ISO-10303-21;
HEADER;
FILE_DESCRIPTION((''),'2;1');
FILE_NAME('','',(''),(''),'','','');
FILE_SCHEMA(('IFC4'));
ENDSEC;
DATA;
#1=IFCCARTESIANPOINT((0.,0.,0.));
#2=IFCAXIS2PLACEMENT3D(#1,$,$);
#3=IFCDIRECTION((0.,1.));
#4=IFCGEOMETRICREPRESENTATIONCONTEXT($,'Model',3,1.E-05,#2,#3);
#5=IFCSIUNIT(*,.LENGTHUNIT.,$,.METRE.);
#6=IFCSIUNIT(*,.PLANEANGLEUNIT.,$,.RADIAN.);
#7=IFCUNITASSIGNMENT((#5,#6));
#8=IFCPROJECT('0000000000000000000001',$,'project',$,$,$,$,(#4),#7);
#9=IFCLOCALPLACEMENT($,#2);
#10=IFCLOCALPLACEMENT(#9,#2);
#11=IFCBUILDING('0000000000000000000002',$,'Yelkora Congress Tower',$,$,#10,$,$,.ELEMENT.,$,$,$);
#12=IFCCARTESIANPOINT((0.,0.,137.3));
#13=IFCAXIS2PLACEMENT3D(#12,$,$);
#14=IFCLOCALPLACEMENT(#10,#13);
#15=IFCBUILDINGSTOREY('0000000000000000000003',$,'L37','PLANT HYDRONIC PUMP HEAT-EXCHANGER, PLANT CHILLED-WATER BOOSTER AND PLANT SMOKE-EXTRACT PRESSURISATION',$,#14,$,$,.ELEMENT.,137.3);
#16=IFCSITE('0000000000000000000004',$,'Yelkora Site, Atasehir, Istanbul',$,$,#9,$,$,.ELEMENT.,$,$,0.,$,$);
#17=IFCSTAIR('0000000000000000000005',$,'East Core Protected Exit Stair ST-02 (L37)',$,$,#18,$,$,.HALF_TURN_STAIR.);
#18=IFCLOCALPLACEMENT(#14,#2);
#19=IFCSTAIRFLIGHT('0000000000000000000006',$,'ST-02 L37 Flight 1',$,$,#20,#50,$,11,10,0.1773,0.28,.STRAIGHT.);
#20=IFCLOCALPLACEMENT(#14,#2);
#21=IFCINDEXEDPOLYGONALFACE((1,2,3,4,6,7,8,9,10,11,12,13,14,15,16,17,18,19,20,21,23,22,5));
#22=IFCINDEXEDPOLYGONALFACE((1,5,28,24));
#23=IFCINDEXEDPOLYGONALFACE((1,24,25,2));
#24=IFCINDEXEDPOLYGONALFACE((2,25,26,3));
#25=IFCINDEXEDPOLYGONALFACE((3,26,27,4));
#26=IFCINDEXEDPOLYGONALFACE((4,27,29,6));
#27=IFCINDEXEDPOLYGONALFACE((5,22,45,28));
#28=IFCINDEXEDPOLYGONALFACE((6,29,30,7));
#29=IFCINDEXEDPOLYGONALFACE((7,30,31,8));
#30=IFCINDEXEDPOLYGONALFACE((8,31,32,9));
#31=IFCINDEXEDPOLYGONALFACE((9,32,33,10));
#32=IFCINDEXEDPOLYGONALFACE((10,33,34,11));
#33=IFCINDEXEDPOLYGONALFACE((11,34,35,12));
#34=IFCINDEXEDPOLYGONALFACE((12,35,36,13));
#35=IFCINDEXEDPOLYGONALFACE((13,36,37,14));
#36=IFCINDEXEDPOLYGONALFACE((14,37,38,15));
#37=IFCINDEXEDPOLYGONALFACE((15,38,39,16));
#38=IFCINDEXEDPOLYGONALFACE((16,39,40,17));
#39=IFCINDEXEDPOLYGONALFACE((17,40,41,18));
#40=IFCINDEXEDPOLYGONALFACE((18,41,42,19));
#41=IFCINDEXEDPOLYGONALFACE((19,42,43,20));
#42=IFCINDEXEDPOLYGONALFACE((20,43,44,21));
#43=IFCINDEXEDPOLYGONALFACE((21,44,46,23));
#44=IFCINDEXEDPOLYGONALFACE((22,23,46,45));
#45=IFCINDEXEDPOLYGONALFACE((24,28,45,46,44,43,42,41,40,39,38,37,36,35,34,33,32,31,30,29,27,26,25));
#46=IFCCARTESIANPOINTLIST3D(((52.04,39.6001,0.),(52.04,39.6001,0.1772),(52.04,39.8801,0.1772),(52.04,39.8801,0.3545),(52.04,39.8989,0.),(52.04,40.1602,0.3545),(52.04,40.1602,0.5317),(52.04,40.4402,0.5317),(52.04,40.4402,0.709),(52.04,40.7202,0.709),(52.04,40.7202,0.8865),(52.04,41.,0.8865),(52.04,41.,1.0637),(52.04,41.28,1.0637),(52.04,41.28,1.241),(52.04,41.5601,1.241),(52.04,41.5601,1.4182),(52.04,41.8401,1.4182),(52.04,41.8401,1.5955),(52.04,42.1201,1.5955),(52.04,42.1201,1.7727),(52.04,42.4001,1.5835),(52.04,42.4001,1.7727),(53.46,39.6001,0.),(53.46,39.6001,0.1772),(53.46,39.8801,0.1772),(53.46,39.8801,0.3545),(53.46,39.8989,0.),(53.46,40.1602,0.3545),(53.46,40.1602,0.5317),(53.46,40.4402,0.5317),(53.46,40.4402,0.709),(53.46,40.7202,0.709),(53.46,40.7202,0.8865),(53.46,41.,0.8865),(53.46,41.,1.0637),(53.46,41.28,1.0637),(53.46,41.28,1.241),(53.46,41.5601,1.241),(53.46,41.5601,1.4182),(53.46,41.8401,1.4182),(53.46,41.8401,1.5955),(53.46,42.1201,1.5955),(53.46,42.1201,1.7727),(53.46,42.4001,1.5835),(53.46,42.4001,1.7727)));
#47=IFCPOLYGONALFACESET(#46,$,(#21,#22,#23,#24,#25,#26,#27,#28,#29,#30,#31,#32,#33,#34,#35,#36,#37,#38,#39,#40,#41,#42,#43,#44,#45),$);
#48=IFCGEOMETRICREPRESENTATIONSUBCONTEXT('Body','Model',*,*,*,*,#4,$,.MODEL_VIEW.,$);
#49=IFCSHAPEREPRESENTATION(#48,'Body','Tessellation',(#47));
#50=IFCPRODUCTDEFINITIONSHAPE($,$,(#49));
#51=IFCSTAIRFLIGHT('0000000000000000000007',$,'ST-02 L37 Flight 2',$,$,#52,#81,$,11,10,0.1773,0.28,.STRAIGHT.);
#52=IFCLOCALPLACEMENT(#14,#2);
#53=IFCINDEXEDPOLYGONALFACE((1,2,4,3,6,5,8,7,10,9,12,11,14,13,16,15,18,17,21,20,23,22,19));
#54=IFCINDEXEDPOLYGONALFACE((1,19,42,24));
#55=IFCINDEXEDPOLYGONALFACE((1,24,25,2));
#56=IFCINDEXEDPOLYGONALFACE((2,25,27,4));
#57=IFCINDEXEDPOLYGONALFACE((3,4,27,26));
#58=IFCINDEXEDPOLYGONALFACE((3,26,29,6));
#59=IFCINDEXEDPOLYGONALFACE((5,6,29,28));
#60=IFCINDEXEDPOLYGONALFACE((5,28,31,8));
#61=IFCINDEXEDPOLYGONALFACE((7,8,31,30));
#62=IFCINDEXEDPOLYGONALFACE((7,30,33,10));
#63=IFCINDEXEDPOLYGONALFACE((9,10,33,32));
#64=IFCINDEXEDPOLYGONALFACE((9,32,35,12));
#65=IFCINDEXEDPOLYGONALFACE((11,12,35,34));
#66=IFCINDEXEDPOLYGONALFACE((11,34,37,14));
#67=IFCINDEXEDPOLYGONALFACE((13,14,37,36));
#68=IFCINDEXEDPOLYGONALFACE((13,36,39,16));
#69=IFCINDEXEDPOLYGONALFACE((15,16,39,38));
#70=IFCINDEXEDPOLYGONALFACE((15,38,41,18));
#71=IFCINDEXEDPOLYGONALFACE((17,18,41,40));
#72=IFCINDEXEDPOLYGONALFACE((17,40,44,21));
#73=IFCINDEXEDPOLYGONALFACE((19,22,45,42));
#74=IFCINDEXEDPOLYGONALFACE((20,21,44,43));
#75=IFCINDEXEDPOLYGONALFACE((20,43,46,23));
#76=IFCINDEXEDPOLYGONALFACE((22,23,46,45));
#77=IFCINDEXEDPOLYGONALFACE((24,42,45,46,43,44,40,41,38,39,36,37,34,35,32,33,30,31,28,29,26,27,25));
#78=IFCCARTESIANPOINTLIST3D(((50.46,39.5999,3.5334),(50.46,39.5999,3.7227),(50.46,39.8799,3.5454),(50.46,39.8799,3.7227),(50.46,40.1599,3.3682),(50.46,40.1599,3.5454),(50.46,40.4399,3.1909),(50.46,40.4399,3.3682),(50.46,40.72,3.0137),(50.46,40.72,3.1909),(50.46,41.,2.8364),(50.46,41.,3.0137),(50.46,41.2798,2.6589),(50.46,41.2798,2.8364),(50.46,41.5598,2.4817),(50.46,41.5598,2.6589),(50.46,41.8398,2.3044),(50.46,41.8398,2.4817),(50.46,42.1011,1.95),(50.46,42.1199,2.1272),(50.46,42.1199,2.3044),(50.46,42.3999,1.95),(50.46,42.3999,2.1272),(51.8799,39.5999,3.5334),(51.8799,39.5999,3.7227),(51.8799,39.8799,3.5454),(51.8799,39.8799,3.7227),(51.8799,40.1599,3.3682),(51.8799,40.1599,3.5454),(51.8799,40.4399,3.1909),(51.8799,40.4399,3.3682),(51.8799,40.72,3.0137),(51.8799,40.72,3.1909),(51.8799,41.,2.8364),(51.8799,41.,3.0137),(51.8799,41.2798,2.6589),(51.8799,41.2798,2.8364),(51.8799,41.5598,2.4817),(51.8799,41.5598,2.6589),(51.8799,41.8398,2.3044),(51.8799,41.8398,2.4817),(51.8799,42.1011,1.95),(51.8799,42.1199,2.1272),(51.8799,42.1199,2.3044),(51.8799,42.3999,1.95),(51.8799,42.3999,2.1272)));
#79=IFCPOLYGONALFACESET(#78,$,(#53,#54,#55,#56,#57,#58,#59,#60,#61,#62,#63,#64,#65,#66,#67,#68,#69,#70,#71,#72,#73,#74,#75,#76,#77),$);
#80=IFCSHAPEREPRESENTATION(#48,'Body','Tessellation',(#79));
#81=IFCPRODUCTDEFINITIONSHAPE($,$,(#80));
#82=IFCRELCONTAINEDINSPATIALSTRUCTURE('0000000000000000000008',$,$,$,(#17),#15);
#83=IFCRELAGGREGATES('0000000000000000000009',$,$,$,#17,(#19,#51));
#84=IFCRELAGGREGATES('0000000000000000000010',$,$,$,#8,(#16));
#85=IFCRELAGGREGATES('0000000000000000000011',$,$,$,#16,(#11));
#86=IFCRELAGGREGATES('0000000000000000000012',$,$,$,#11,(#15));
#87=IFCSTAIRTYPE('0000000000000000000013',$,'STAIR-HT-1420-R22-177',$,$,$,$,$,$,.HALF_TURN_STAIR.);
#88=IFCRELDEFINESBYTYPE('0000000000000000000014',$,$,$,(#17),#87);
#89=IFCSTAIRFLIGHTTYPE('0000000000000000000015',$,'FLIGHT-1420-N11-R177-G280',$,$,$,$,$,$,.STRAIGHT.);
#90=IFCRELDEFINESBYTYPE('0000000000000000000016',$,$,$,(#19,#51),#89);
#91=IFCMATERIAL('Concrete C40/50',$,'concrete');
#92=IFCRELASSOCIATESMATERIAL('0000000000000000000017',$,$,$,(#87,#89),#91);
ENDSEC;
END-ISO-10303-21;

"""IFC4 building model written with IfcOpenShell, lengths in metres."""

from ifc_helpers import new_model, si_unit, direction, frame, origin, place, context, subcontext, project, spatial, polyline, outline, extrude, material, type_object, element, aggregate, save


model = new_model("IFC4")

# Units and contexts
model_context = context("Model", 3, precision=1e-05, world=origin(), true_north=direction((0.0, 1.0)))
body_context = subcontext(model_context, "Body", "Model", "MODEL_VIEW")
ifc_project = project(units=[si_unit("LENGTHUNIT", "METRE"), si_unit("PLANEANGLEUNIT", "RADIAN")], contexts=[model_context])

# Site, building, storey
site_placement = place(None, origin())
site = spatial("IfcSite", under=ifc_project, at=site_placement, Name="Yelkora Site, Atasehir, Istanbul", CompositionType="ELEMENT", RefElevation=0.0)
building_placement = place(site_placement, origin())
building = spatial("IfcBuilding", under=site, at=building_placement, Name="Yelkora Congress Tower", CompositionType="ELEMENT")
storey_placement = place(building_placement, frame((0.0, 0.0, 137.3)))
storey = spatial("IfcBuildingStorey", under=building, at=storey_placement, Name="L37", Description="PLANT HYDRONIC PUMP HEAT-EXCHANGER, PLANT CHILLED-WATER BOOSTER AND PLANT SMOKE-EXTRACT PRESSURISATION", CompositionType="ELEMENT", Elevation=137.3)

# Stair, stair flights
ifc_material_1 = material(Name="Concrete C40/50", Category="concrete")
stair_type = type_object("IfcStairType", Name="STAIR-HT-1420-R22-177", PredefinedType="HALF_TURN_STAIR", material=ifc_material_1)
stair_placement = place(storey_placement, origin())
stair = element("IfcStair", 1, at=stair_placement, inside=storey, type_object=stair_type, Name="East Core Protected Exit Stair ST-02 (L37)", PredefinedType="HALF_TURN_STAIR")
stair_flight_type = type_object("IfcStairFlightType", Name="FLIGHT-1420-N11-R177-G280", PredefinedType="STRAIGHT", material=ifc_material_1)
stair_flight_1_placement = place(storey_placement, frame((52.75, 39.6001, 0.0), z_axis=(0.0, 0.0, 1.0), x_axis=(0.0, 1.0, 0.0)))
stair_flight_1 = element("IfcStairFlight", 2, at=stair_flight_1_placement, type_object=stair_flight_type, Name="ST-02 L37 Flight 1", NumberOfRisers=11, NumberOfTreads=10, PredefinedType="STRAIGHT", RiserHeight=0.1773, TreadLength=0.28, context=body_context, shape_type="SweptSolid", body=[
    extrude(outline(polyline([(0.0, 0.0), (0.0, 0.1772), (0.28, 0.1772), (0.28, 0.3545), (0.5601, 0.3545), (0.5601, 0.5317), (0.8401, 0.5317), (0.8401, 0.709), (1.1201, 0.709), (1.1201, 0.8865), (1.3999, 0.8865), (1.3999, 1.0637), (1.6799, 1.0637), (1.6799, 1.241), (1.96, 1.241), (1.96, 1.4182), (2.24, 1.4182), (2.24, 1.5955), (2.52, 1.5955), (2.52, 1.7727), (2.8, 1.7727), (2.8, 1.95), (2.8, 1.5835), (0.2988, 0.0), (0.0, 0.0)])), frame((0.0, 0.71, 0.0), z_axis=(0.0, -1.0, 0.0), x_axis=(1.0, 0.0, 0.0)), (0.0, 0.0, 1.0), 1.4199),
])
stair_flight_2_placement = place(storey_placement, frame((51.1699, 42.3999, 1.95), z_axis=(0.0, 0.0, 1.0), x_axis=(0.0, -1.0, 0.0)))
stair_flight_2 = element("IfcStairFlight", 3, at=stair_flight_2_placement, type_object=stair_flight_type, Name="ST-02 L37 Flight 2", NumberOfRisers=11, NumberOfTreads=10, PredefinedType="STRAIGHT", RiserHeight=0.1773, TreadLength=0.28, context=body_context, shape_type="SweptSolid", body=[
    extrude(outline(polyline([(0.0, 0.0), (0.0, 0.1772), (0.28, 0.1772), (0.28, 0.3545), (0.5601, 0.3545), (0.5601, 0.5317), (0.8401, 0.5317), (0.8401, 0.709), (1.1201, 0.709), (1.1201, 0.8865), (1.3999, 0.8865), (1.3999, 1.0637), (1.6799, 1.0637), (1.6799, 1.241), (1.96, 1.241), (1.96, 1.4182), (2.24, 1.4182), (2.24, 1.5955), (2.52, 1.5955), (2.52, 1.7727), (2.8, 1.7727), (2.8, 1.95), (2.8, 1.5835), (0.2988, 0.0), (0.0, 0.0)])), frame((0.0, 0.71, 0.0), z_axis=(0.0, -1.0, 0.0), x_axis=(1.0, 0.0, 0.0)), (0.0, 0.0, 1.0), 1.4199),
])
aggregate(stair, [stair_flight_1, stair_flight_2])

save(model, "model.ifc")
